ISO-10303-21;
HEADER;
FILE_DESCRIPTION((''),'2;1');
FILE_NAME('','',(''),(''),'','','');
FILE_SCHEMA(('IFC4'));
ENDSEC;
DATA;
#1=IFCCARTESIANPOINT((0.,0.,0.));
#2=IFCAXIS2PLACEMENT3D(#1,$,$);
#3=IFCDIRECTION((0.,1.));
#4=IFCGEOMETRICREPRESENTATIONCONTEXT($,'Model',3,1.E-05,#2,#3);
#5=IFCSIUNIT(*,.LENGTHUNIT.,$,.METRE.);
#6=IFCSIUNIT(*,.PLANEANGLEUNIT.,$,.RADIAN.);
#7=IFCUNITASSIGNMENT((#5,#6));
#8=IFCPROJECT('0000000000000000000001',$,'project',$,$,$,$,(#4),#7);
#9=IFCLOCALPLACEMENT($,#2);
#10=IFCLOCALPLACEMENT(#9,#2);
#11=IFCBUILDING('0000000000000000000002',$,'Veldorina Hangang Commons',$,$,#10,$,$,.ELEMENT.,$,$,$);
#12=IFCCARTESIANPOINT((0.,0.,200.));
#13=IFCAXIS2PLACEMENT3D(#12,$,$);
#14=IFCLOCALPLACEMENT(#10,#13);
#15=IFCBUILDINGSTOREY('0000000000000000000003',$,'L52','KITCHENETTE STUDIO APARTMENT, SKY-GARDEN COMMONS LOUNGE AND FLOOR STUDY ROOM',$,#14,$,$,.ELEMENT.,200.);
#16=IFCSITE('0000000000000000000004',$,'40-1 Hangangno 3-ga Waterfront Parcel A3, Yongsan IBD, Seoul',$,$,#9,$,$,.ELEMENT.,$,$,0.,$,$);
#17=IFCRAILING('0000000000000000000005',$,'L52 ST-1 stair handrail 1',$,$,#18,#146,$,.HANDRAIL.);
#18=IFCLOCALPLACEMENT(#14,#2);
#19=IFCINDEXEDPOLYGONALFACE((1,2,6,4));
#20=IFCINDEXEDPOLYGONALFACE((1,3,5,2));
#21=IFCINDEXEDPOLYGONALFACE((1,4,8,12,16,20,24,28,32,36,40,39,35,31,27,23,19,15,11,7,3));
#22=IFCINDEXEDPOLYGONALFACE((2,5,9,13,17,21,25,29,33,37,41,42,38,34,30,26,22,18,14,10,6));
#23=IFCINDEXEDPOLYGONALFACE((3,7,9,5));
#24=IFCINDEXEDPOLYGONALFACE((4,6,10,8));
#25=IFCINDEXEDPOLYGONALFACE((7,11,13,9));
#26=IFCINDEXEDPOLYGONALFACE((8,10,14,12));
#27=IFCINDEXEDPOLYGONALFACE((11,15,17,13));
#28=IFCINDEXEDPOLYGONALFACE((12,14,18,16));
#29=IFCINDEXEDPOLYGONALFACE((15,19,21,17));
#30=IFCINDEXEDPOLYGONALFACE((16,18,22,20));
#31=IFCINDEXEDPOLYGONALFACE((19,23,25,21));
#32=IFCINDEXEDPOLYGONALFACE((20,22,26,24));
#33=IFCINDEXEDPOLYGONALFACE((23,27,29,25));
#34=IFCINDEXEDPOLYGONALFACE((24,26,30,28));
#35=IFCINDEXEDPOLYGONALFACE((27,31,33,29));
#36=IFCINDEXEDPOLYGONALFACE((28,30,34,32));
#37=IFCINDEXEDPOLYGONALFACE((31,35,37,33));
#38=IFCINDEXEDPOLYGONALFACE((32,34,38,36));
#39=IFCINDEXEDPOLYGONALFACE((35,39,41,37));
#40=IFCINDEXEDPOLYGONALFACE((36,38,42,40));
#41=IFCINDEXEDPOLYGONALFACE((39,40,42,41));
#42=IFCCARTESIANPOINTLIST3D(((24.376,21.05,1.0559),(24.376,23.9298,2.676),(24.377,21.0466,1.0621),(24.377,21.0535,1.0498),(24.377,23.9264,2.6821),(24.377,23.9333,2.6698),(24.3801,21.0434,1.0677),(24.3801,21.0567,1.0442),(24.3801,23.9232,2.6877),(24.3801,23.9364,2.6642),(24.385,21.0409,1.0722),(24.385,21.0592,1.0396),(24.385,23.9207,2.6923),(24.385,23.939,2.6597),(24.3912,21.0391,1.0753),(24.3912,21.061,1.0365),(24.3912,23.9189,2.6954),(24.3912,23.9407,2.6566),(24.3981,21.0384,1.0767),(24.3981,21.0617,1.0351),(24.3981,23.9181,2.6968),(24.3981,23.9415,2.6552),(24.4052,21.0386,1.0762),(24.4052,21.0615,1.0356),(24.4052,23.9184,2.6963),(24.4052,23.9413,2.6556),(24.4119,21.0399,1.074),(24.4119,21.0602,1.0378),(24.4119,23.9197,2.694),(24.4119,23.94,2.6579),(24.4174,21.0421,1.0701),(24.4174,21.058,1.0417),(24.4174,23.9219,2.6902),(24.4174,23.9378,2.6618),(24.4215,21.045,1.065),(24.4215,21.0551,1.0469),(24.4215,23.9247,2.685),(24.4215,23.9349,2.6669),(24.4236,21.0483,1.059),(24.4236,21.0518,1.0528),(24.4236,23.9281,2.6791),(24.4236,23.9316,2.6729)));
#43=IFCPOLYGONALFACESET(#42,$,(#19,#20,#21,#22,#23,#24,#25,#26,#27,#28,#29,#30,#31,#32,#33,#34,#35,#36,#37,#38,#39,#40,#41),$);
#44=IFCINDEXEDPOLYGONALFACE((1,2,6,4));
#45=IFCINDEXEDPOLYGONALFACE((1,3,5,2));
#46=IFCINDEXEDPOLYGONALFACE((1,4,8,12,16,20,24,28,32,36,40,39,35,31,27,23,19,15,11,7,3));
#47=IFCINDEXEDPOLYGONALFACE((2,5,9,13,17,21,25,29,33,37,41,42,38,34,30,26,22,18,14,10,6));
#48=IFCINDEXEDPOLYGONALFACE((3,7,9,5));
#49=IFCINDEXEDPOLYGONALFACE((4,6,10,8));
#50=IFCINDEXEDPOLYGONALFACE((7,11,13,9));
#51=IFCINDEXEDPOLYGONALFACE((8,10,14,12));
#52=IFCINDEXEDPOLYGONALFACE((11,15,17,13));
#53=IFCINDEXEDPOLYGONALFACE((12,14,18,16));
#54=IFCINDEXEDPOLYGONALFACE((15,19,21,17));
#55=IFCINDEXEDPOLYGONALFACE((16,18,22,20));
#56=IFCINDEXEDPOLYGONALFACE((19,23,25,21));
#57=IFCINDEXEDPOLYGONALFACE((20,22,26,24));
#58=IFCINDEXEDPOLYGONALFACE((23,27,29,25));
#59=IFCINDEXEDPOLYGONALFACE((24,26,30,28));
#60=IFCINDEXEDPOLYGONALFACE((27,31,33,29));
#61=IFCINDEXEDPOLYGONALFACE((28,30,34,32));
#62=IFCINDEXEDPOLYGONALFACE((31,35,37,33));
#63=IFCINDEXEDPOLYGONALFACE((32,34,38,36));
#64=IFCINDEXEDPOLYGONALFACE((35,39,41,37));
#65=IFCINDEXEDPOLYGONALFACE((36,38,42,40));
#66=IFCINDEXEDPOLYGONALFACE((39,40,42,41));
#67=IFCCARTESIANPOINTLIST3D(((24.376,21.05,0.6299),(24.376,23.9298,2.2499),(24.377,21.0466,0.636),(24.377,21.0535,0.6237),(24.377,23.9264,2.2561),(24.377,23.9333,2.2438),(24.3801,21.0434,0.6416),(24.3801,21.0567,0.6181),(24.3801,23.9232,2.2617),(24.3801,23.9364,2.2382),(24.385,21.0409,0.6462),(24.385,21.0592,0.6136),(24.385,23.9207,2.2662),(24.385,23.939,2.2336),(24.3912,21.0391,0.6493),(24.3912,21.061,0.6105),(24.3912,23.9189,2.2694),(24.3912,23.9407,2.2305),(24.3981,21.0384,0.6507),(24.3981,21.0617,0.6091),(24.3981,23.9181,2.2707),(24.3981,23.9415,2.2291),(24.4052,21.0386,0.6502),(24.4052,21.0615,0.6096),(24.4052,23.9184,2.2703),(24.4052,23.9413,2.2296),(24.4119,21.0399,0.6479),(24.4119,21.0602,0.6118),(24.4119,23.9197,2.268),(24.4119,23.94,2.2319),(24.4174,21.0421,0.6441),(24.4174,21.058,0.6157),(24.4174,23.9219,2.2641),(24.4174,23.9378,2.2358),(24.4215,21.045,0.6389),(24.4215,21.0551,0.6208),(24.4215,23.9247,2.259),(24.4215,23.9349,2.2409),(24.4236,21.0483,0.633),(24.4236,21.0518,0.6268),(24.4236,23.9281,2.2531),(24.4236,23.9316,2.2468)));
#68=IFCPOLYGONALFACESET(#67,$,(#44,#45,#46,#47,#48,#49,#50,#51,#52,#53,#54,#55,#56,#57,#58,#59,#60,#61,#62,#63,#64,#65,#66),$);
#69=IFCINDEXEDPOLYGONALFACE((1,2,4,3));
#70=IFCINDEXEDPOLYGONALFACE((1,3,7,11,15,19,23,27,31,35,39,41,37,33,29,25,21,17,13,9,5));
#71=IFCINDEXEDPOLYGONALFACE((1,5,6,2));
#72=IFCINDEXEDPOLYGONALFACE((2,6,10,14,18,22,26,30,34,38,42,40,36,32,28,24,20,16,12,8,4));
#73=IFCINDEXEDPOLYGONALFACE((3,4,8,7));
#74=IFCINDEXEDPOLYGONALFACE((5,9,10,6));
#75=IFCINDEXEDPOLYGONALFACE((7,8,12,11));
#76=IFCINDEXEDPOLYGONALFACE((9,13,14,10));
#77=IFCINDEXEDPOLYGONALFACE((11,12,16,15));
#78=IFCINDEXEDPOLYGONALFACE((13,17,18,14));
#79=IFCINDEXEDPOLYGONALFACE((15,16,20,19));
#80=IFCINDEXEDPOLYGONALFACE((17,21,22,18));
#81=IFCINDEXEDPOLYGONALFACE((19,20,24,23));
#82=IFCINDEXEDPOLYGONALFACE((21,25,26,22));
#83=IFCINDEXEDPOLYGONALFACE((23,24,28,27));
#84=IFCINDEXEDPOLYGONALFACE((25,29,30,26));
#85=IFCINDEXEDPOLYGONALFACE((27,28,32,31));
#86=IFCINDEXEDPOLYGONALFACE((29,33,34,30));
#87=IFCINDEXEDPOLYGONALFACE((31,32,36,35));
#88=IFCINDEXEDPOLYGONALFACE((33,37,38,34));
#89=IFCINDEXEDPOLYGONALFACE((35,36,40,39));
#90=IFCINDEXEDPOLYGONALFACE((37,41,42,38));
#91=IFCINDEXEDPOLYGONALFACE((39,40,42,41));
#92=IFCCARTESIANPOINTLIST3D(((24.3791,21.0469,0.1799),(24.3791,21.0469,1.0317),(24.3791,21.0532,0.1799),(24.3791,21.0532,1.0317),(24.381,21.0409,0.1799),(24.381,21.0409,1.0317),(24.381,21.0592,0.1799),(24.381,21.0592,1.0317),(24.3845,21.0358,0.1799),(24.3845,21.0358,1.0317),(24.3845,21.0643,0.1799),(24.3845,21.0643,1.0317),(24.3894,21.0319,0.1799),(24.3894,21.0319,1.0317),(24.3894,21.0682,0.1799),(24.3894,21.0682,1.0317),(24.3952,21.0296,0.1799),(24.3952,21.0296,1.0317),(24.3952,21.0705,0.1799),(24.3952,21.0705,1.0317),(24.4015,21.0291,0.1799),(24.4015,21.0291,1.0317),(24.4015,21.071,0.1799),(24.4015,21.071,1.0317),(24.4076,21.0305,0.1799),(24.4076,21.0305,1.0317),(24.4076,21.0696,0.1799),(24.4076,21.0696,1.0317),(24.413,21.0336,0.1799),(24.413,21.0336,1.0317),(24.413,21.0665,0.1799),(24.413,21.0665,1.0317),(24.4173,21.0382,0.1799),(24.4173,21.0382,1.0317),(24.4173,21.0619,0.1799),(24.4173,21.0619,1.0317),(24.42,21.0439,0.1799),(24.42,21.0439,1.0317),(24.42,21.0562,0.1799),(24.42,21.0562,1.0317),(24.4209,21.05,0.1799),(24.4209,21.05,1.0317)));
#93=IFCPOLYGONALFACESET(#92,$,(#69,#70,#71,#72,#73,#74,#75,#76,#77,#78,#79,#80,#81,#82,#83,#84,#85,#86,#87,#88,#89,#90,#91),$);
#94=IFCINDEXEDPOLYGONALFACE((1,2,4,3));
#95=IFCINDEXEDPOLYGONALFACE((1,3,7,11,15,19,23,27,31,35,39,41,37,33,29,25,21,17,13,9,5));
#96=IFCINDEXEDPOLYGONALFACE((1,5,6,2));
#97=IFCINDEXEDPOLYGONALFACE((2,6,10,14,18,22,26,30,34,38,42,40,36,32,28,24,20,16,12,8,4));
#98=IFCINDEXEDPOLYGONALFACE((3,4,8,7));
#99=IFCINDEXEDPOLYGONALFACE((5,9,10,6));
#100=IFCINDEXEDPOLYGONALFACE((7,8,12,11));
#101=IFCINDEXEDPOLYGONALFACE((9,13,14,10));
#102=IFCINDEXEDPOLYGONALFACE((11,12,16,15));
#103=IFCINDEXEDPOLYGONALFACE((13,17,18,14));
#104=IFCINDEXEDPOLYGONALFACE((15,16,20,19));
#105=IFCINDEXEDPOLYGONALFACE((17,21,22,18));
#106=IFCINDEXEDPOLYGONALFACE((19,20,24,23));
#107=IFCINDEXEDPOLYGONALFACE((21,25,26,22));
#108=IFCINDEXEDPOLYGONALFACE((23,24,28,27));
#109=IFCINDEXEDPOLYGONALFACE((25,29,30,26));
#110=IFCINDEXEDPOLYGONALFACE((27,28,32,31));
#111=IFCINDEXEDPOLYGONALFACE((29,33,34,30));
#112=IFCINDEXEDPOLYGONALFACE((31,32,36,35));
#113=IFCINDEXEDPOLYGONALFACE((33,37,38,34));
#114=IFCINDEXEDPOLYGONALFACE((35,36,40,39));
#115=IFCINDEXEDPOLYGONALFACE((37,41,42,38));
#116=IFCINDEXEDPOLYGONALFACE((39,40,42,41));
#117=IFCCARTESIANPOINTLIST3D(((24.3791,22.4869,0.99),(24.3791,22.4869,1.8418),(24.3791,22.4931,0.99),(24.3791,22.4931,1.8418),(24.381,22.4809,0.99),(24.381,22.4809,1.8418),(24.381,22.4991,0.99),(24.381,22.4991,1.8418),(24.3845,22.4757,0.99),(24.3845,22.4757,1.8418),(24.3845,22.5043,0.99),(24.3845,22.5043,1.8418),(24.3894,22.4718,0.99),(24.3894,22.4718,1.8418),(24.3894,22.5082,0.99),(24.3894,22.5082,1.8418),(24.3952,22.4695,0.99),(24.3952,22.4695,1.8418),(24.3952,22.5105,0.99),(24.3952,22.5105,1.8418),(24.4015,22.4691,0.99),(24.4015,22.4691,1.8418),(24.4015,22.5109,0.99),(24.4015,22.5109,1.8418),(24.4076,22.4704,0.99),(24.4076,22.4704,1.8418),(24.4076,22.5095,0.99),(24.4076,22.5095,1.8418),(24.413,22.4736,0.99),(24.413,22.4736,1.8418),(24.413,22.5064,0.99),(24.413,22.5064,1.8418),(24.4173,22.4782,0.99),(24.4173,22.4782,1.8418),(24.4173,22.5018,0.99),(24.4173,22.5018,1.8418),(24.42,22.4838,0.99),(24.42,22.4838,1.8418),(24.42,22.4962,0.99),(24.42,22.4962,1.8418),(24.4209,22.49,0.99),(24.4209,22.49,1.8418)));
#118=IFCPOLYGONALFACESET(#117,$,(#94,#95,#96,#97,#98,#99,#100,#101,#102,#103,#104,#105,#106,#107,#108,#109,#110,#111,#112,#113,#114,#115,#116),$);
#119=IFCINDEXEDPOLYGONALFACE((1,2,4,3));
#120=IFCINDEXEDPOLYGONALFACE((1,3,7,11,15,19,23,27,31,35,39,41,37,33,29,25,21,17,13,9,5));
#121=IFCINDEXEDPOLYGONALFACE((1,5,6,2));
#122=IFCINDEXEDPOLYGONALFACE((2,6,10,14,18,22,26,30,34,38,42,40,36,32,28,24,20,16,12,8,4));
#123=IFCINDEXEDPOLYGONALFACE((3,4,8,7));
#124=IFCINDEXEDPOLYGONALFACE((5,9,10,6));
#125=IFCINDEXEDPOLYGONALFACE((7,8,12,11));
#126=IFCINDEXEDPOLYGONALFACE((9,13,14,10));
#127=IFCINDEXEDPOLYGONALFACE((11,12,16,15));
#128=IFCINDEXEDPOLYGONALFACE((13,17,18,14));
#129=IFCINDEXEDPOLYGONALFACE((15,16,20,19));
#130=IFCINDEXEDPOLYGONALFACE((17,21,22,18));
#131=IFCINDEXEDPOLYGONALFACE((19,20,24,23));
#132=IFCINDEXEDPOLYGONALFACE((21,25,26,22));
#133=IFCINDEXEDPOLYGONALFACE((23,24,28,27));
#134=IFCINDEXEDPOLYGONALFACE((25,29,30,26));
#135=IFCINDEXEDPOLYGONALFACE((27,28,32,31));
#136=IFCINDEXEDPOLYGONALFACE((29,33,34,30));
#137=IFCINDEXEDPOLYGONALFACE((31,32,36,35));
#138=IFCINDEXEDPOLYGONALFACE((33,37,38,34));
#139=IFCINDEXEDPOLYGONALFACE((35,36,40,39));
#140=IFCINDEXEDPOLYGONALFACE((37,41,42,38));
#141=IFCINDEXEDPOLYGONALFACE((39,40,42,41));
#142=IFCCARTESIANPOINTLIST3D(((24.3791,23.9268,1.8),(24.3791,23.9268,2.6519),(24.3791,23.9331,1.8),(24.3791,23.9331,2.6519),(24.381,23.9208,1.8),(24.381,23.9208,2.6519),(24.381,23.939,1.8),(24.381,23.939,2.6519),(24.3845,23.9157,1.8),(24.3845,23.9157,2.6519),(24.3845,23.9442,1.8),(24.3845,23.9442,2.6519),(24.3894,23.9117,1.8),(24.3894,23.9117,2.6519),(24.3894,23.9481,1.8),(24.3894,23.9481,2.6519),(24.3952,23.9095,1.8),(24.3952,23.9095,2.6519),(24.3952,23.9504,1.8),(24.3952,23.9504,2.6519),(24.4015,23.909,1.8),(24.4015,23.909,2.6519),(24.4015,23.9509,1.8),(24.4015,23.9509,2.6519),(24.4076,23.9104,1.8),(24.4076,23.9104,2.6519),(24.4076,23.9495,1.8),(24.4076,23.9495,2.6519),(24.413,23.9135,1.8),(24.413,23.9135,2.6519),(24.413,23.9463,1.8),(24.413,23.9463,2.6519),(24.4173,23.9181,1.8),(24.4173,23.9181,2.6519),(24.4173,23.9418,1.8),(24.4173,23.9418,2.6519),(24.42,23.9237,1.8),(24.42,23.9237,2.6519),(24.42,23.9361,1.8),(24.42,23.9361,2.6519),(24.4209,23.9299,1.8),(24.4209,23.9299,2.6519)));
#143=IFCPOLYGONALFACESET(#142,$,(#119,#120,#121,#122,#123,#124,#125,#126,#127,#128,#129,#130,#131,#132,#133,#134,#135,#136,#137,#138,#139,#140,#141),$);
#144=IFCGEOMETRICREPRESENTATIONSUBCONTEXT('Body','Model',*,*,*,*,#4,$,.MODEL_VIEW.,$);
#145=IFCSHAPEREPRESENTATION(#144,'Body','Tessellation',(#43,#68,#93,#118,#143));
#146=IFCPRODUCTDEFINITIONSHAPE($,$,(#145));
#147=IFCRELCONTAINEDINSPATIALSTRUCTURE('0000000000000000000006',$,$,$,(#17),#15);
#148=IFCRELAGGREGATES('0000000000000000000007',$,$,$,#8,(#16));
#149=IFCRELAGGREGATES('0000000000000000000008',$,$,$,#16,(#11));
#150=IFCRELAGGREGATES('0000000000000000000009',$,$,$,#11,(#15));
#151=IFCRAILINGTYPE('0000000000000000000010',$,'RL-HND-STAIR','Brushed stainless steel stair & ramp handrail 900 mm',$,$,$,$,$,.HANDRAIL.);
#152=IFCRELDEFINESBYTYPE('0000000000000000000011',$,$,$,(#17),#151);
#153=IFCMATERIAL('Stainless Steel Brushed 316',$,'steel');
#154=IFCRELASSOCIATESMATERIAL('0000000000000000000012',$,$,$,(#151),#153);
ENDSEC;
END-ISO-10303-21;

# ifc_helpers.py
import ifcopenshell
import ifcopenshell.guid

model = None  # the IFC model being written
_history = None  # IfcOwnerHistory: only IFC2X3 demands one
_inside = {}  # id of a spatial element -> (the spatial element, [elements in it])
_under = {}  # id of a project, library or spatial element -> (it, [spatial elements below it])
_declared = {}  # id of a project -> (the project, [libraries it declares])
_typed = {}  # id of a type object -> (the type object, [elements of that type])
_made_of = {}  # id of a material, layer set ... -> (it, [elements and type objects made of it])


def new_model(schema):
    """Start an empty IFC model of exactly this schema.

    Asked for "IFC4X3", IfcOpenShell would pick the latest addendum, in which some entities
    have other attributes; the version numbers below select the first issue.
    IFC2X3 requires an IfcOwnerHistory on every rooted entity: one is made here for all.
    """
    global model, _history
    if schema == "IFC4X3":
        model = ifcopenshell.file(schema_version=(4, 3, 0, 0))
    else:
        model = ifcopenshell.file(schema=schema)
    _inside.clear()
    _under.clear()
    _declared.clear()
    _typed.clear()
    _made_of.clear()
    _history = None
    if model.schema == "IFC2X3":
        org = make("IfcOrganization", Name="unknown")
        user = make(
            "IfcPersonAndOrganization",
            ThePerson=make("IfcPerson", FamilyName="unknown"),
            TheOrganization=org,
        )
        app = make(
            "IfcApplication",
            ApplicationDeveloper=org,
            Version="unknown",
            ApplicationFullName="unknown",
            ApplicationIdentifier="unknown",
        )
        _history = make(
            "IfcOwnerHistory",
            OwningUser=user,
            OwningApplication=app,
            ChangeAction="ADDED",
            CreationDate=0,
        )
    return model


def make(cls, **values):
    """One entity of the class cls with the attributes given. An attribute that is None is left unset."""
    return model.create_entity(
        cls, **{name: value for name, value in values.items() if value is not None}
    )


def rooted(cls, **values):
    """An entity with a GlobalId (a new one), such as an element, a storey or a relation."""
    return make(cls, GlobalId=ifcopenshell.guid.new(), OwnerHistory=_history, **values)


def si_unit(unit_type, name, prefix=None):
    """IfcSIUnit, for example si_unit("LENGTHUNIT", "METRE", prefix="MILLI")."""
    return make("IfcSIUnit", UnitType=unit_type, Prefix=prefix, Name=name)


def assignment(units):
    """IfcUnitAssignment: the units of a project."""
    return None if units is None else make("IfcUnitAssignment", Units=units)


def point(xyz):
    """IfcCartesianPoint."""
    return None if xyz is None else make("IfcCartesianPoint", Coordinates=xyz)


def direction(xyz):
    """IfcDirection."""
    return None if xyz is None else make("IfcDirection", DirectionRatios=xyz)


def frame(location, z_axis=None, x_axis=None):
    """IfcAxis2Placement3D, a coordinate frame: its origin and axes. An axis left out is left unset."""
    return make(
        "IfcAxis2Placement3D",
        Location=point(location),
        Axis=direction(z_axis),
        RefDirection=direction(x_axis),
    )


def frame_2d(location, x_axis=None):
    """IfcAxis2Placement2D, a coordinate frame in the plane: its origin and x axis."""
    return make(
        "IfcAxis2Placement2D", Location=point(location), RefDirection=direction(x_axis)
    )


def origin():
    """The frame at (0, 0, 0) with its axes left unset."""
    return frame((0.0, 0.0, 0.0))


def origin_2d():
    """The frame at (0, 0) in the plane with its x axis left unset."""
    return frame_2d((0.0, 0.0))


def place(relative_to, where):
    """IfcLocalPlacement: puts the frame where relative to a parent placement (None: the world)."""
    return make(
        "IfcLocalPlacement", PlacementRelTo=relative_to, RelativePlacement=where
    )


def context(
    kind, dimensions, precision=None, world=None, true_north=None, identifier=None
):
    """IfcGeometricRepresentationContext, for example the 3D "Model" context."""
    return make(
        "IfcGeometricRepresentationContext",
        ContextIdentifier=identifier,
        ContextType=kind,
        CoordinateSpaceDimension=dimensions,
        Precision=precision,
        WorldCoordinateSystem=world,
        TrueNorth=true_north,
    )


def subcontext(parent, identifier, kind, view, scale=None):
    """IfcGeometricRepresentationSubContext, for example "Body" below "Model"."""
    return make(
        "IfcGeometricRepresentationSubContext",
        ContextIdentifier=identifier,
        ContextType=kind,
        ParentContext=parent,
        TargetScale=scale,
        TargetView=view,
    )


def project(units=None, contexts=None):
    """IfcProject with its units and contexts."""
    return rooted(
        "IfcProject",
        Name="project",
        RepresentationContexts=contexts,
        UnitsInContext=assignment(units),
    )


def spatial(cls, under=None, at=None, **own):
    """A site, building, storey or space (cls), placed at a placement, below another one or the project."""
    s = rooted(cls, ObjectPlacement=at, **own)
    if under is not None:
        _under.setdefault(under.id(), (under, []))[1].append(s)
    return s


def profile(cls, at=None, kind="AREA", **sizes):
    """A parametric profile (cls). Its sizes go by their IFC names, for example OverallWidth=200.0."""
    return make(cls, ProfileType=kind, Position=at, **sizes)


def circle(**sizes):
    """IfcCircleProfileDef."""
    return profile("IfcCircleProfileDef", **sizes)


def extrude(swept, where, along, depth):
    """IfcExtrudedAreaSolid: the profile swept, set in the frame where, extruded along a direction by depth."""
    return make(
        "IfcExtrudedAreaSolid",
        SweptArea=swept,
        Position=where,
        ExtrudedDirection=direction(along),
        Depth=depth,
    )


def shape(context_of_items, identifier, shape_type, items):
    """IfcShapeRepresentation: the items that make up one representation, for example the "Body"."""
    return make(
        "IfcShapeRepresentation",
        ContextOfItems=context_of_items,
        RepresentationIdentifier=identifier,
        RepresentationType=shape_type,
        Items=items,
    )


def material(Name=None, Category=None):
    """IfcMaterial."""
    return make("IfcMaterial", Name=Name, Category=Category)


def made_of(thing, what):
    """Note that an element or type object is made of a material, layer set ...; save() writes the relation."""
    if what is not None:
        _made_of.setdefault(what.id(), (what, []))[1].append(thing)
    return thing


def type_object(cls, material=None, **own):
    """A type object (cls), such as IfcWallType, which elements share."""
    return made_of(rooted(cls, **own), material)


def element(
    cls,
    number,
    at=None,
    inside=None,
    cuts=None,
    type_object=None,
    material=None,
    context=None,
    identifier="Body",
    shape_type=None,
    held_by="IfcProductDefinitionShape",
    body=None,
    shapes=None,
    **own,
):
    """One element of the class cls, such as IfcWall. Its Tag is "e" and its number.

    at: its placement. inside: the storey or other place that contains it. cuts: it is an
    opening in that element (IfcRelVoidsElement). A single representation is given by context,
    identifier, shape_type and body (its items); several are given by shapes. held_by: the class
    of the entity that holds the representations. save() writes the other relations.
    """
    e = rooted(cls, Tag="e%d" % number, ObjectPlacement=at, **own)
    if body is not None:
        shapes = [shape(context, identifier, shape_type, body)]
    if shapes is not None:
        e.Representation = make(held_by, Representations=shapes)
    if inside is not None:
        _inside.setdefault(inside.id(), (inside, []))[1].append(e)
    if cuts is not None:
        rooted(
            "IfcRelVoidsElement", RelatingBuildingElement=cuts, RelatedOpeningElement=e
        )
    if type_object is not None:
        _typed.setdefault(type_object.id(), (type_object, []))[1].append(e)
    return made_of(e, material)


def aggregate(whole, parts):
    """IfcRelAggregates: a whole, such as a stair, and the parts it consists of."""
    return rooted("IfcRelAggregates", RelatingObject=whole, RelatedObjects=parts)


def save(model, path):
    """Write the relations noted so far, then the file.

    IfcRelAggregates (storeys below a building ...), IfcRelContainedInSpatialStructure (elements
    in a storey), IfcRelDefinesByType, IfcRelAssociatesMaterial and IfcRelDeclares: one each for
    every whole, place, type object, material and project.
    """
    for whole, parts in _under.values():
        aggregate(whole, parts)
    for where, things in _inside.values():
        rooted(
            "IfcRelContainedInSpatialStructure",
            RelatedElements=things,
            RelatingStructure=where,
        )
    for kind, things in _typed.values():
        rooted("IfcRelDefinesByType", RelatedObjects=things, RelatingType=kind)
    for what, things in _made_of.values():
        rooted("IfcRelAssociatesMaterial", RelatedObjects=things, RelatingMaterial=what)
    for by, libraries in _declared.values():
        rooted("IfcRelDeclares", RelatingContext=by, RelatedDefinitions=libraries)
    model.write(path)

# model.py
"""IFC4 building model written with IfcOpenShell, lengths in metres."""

from ifc_helpers import new_model, si_unit, direction, frame, origin, origin_2d, place, context, subcontext, project, spatial, circle, extrude, material, type_object, element, save


model = new_model("IFC4")

# Units and contexts
model_context = context("Model", 3, precision=1e-05, world=origin(), true_north=direction((0.0, 1.0)))
body_context = subcontext(model_context, "Body", "Model", "MODEL_VIEW")
ifc_project = project(units=[si_unit("LENGTHUNIT", "METRE"), si_unit("PLANEANGLEUNIT", "RADIAN")], contexts=[model_context])

# Site, building, storey
site_placement = place(None, origin())
site = spatial("IfcSite", under=ifc_project, at=site_placement, Name="40-1 Hangangno 3-ga Waterfront Parcel A3, Yongsan IBD, Seoul", CompositionType="ELEMENT", RefElevation=0.0)
building_placement = place(site_placement, origin())
building = spatial("IfcBuilding", under=site, at=building_placement, Name="Veldorina Hangang Commons", CompositionType="ELEMENT")
storey_placement = place(building_placement, frame((0.0, 0.0, 200.0)))
storey = spatial("IfcBuildingStorey", under=building, at=storey_placement, Name="L52", Description="KITCHENETTE STUDIO APARTMENT, SKY-GARDEN COMMONS LOUNGE AND FLOOR STUDY ROOM", CompositionType="ELEMENT", Elevation=200.0)

# Railing
ifc_material_1 = material(Name="Stainless Steel Brushed 316", Category="steel")
railing_type_1 = type_object("IfcRailingType", Name="RL-HND-STAIR", Description="Brushed stainless steel stair & ramp handrail 900 mm", PredefinedType="HANDRAIL", material=ifc_material_1)
railing_1_placement = place(storey_placement, frame((24.3999, 21.05, 0.1799)))
element("IfcRailing", 1, at=railing_1_placement, inside=storey, type_object=railing_type_1, Name="L52 ST-1 stair handrail 1", PredefinedType="HANDRAIL", context=body_context, shape_type="SweptSolid", body=[
    extrude(circle(Radius=0.0239, at=origin_2d()), frame((0.0, 0.0, 0.876), z_axis=(0.0, 0.871552, 0.490303), x_axis=(-1.0, 0.0, 0.0)), (0.0, 0.0, 1.0), 3.3042),
    extrude(circle(Radius=0.0239, at=origin_2d()), frame((0.0, 0.0, 0.45), z_axis=(0.0, 0.871552, 0.490303), x_axis=(-1.0, 0.0, 0.0)), (0.0, 0.0, 1.0), 3.3042),
    extrude(circle(Radius=0.021, at=origin_2d()), origin(), (0.0, 0.0, 1.0), 0.8518),
    extrude(circle(Radius=0.021, at=origin_2d()), frame((0.0, 1.4399, 0.8101)), (0.0, 0.0, 1.0), 0.8518),
    extrude(circle(Radius=0.021, at=origin_2d()), frame((0.0, 2.8799, 1.6201)), (0.0, 0.0, 1.0), 0.8518),
])

save(model, "model.ifc")
